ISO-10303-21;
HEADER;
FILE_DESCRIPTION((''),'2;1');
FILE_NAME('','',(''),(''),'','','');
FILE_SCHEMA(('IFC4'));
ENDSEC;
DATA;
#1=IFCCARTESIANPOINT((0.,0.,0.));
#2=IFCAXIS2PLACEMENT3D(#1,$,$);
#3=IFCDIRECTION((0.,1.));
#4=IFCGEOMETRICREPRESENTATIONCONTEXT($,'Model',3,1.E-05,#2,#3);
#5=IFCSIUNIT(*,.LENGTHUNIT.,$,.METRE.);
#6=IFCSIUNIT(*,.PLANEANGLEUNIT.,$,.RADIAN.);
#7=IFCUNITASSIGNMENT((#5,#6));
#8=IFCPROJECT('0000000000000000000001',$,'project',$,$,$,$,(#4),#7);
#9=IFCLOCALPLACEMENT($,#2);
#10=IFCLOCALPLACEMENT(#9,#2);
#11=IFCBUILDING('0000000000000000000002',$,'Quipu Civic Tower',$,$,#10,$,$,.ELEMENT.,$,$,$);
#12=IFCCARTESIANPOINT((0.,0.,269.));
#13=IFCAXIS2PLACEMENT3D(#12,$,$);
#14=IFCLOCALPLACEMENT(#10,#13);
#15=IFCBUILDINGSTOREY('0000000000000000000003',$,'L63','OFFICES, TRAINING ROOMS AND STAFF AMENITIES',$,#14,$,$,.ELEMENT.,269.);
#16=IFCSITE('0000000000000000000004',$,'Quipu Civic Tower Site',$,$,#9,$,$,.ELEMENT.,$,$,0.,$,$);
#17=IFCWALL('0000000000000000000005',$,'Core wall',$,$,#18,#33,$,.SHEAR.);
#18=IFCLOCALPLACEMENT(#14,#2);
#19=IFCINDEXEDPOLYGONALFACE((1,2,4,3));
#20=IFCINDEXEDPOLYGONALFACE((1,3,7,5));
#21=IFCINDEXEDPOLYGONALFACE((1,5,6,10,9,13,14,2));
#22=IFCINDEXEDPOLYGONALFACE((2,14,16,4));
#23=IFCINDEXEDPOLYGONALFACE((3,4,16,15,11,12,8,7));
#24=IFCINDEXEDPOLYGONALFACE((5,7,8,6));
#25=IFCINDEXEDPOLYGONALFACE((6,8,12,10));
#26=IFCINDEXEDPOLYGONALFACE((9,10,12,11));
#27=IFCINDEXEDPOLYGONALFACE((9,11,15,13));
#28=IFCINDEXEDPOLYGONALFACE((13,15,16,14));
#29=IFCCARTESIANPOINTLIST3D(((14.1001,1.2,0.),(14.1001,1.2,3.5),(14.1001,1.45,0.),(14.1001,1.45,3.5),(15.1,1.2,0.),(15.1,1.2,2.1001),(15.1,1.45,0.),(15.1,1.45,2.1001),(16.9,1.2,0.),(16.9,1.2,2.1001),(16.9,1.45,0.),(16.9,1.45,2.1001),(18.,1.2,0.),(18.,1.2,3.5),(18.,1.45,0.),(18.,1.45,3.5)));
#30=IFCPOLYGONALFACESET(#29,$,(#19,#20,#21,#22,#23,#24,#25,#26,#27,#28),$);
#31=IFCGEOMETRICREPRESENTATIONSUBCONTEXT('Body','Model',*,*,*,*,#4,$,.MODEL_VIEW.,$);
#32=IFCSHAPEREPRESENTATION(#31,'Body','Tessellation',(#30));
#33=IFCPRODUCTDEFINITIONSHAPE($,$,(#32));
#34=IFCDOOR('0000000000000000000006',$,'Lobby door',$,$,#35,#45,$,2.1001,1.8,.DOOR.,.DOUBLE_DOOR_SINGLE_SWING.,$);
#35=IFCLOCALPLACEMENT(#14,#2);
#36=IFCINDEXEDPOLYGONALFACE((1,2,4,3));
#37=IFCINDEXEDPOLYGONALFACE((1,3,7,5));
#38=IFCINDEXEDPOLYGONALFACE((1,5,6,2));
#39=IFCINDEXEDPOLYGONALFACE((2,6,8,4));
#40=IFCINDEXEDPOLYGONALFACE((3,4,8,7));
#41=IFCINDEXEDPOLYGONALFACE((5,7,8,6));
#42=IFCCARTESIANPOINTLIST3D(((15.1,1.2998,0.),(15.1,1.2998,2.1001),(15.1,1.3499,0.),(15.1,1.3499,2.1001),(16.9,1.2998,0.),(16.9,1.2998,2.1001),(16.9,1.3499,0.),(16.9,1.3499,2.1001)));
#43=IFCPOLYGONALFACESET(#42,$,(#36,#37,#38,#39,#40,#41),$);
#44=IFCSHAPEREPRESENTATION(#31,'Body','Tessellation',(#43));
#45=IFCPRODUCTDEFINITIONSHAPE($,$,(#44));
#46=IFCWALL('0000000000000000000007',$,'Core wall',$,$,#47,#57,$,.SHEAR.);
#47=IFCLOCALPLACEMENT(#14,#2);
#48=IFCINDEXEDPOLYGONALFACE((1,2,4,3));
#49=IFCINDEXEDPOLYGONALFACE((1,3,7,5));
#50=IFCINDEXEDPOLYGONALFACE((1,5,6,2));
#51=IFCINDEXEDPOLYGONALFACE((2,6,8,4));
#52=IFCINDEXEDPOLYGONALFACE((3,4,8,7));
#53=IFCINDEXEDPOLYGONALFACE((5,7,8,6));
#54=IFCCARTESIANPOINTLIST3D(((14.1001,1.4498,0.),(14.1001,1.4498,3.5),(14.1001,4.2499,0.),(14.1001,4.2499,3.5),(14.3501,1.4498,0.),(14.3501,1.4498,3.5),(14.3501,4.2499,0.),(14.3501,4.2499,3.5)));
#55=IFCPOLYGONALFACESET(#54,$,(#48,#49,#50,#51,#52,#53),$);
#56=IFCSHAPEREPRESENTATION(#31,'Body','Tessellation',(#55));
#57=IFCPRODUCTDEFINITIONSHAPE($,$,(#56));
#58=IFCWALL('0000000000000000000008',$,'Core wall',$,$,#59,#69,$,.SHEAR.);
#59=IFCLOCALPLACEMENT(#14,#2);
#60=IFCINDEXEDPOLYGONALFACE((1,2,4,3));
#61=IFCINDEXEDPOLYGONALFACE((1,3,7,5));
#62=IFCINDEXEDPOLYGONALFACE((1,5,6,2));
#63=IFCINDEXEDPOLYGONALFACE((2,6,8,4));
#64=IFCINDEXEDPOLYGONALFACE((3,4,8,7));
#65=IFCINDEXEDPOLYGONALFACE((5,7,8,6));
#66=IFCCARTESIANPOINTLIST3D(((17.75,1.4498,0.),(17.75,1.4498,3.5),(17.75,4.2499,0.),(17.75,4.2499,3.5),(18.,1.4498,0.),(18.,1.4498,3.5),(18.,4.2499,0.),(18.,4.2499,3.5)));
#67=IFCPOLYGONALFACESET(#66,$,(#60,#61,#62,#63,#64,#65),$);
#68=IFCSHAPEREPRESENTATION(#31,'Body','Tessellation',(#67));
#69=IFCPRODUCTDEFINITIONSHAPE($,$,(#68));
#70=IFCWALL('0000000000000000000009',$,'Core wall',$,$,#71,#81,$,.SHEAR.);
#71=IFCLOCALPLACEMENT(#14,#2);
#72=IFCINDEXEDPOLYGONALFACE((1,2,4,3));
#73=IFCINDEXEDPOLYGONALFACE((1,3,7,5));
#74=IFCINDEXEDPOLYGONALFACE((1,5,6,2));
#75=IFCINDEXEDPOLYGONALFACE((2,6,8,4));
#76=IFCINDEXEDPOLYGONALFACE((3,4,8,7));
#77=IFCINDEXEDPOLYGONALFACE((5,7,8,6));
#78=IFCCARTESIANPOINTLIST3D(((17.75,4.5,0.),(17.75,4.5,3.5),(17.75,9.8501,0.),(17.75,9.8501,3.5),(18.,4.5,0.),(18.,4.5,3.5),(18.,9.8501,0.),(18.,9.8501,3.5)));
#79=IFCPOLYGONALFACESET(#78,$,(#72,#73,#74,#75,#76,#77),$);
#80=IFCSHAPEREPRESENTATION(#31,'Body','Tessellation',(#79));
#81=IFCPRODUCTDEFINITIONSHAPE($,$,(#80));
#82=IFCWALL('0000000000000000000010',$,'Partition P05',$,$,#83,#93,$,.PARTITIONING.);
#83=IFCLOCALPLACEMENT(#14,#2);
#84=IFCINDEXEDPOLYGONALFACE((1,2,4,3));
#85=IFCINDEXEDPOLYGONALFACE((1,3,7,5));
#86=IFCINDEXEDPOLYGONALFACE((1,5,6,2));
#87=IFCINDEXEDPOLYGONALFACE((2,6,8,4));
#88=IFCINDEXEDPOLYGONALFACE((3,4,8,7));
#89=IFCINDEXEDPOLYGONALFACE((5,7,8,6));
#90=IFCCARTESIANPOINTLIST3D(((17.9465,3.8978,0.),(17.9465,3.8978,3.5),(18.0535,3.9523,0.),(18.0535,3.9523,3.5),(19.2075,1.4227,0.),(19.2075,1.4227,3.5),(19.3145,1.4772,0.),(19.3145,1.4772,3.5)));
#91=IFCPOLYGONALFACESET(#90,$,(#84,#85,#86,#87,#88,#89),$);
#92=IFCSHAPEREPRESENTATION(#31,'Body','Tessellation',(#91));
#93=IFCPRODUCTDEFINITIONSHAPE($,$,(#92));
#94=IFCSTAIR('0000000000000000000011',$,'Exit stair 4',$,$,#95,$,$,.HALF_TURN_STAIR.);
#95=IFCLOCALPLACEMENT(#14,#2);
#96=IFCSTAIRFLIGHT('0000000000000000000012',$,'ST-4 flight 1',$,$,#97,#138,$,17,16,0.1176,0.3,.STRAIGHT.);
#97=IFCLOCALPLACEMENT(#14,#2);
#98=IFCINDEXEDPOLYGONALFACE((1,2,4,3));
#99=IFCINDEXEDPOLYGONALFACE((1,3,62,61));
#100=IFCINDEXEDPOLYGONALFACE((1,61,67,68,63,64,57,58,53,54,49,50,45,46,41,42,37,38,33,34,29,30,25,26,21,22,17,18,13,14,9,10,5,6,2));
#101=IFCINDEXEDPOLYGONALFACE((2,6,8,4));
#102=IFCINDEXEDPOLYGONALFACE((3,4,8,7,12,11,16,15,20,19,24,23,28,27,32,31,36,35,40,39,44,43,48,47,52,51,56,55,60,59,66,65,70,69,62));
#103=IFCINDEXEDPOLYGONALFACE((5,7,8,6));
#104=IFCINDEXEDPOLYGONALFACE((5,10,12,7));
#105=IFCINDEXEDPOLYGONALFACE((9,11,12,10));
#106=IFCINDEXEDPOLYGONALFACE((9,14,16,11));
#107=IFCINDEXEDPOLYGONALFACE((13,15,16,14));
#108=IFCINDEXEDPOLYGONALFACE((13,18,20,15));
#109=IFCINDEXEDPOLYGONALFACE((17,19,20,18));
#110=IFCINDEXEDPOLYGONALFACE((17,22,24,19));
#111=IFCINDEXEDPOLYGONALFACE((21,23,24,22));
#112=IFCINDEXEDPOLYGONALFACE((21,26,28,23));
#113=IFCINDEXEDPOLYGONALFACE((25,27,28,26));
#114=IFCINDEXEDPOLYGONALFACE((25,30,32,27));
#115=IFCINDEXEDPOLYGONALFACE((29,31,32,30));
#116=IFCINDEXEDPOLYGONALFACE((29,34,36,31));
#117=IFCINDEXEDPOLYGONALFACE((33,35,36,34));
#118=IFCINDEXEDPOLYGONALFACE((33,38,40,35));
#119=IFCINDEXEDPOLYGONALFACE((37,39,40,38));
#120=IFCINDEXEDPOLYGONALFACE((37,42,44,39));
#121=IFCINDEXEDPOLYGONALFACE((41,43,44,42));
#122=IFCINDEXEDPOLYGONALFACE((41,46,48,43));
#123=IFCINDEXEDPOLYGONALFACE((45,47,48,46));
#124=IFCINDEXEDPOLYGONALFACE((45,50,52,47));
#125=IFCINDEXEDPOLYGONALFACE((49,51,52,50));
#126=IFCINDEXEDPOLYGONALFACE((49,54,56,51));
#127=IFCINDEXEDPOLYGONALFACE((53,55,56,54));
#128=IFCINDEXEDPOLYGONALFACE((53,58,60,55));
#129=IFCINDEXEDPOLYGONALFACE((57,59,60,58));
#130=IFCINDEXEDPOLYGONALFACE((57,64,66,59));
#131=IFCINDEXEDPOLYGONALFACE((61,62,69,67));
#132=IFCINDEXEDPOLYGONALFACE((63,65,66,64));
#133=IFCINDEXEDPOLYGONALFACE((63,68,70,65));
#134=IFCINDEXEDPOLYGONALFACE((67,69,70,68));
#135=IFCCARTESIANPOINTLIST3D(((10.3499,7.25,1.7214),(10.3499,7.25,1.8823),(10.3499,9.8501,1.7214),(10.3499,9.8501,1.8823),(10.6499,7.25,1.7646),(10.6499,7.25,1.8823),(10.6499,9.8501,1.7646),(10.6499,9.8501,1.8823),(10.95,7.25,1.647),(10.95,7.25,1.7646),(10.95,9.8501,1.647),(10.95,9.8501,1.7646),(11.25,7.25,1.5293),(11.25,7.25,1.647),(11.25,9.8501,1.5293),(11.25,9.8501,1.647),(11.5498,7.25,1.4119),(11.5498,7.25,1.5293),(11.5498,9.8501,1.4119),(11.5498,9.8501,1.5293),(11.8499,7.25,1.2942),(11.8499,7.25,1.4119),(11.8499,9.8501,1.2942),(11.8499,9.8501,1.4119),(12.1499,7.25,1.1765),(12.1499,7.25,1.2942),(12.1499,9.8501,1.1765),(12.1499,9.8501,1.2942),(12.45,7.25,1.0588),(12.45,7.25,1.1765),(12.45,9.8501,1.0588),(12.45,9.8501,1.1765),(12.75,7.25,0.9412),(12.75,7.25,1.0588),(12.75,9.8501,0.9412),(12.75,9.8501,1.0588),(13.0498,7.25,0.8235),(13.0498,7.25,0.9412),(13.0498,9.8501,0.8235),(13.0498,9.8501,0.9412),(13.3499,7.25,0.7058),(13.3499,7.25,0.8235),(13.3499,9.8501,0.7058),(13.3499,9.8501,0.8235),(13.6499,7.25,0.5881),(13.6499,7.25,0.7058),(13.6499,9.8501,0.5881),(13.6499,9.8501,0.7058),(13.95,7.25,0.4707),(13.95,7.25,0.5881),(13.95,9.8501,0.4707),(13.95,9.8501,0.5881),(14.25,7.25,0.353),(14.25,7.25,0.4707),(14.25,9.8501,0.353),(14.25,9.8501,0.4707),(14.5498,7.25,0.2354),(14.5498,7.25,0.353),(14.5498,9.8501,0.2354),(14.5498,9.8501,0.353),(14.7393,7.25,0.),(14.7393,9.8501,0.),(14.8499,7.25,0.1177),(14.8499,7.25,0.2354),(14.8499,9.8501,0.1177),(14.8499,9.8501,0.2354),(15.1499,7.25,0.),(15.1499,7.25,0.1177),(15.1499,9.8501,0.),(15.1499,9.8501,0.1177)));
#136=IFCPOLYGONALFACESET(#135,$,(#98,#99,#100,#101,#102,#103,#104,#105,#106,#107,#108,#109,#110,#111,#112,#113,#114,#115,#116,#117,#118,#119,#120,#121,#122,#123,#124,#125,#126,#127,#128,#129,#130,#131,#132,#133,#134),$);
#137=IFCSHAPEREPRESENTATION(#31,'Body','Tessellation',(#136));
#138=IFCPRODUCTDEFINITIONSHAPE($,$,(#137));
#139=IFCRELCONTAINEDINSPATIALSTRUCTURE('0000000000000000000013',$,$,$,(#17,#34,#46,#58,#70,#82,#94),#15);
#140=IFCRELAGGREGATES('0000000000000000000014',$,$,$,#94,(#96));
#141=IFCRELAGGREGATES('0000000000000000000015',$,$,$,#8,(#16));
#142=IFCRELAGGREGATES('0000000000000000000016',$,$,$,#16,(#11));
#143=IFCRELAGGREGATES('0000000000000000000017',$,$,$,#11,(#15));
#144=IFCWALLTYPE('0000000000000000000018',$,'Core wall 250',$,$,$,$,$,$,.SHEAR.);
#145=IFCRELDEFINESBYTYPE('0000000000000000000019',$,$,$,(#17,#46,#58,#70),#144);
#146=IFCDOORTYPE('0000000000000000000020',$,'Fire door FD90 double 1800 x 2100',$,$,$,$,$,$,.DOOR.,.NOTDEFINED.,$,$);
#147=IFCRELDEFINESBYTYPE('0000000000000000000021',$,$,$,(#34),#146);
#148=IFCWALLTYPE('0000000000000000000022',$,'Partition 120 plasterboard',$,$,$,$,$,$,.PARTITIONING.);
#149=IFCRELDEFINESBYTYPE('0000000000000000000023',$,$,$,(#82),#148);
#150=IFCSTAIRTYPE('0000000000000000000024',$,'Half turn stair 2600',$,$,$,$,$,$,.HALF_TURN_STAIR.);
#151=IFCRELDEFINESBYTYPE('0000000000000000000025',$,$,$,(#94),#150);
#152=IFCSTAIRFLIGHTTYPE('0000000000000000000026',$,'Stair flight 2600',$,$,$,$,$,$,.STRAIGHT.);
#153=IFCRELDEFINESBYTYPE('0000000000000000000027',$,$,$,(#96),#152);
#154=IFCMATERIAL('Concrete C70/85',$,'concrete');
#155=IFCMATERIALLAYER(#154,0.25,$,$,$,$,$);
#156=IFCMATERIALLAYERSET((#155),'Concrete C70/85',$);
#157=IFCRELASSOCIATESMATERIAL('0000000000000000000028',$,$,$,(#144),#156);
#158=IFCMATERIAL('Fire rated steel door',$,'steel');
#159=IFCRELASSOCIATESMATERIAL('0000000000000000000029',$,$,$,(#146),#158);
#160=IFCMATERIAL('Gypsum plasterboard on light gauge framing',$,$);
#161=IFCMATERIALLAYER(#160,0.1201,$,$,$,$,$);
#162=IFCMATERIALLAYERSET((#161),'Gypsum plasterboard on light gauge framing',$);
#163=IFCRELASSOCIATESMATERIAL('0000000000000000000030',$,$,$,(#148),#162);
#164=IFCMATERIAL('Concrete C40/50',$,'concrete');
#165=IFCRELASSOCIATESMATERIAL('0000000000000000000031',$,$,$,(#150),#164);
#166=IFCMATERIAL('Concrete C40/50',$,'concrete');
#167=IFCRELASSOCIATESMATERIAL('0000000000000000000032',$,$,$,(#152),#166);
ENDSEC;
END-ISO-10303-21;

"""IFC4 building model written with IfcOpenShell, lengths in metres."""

from ifc_helpers import new_model, si_unit, direction, frame, frame_2d, origin, place, context, subcontext, project, spatial, polyline, rectangle, outline, extrude, material, layer, layer_set, type_object, element, fill, aggregate, save


model = new_model("IFC4")

# Units and contexts
model_context = context("Model", 3, precision=1e-05, world=origin(), true_north=direction((0.0, 1.0)))
body_context = subcontext(model_context, "Body", "Model", "MODEL_VIEW")
ifc_project = project(units=[si_unit("LENGTHUNIT", "METRE"), si_unit("PLANEANGLEUNIT", "RADIAN")], contexts=[model_context])

# Site, building, storey
site_placement = place(None, origin())
site = spatial("IfcSite", under=ifc_project, at=site_placement, Name="Quipu Civic Tower Site", CompositionType="ELEMENT", RefElevation=0.0)
building_placement = place(site_placement, origin())
building = spatial("IfcBuilding", under=site, at=building_placement, Name="Quipu Civic Tower", CompositionType="ELEMENT")
storey_placement = place(building_placement, frame((0.0, 0.0, 269.0)))
storey = spatial("IfcBuildingStorey", under=building, at=storey_placement, Name="L63", Description="OFFICES, TRAINING ROOMS AND STAFF AMENITIES", CompositionType="ELEMENT", Elevation=269.0)

# Wall, opening, door
ifc_material_1 = material(Name="Concrete C70/85", Category="concrete")
ifc_layer_1 = layer(ifc_material_1, 0.25)
ifc_layer_set_1 = layer_set([ifc_layer_1], Name="Concrete C70/85")
wall_type_1 = type_object("IfcWallType", Name="Core wall 250", PredefinedType="SHEAR", material=ifc_layer_set_1)
wall_1_placement = place(storey_placement, frame((14.1001, 1.325, 0.0), z_axis=(0.0, 0.0, 1.0), x_axis=(1.0, 0.0, 0.0)))
wall_1 = element("IfcWall", 1, at=wall_1_placement, inside=storey, type_object=wall_type_1, Name="Core wall", PredefinedType="SHEAR", context=body_context, shape_type="SweptSolid", body=[
    extrude(rectangle(XDim=3.8999, YDim=0.25, at=frame_2d((1.95, 0.0))), origin(), (0.0, 0.0, 1.0), 3.5),
])
opening_placement = place(wall_1_placement, frame((1.0, 0.0, 0.0)))
opening = element("IfcOpeningElement", 2, at=opening_placement, cuts=wall_1, PredefinedType="OPENING", context=body_context, shape_type="SweptSolid", body=[
    extrude(rectangle(XDim=1.8, YDim=2.1001, at=frame_2d((0.8999, 1.05))), frame((0.0, 0.135, 0.0), z_axis=(0.0, -1.0, 0.0), x_axis=(1.0, 0.0, 0.0)), (0.0, 0.0, 1.0), 0.27),
])
ifc_material_2 = material(Name="Fire rated steel door", Category="steel")
door_type = type_object("IfcDoorType", Name="Fire door FD90 double 1800 x 2100", OperationType="NOTDEFINED", PredefinedType="DOOR", material=ifc_material_2)
door_placement = place(opening_placement, origin())
door = element("IfcDoor", 3, at=door_placement, inside=storey, type_object=door_type, Name="Lobby door", OperationType="DOUBLE_DOOR_SINGLE_SWING", OverallHeight=2.1001, OverallWidth=1.8, PredefinedType="DOOR", context=body_context, shape_type="SweptSolid", body=[
    extrude(rectangle(XDim=1.8, YDim=2.1001, at=frame_2d((0.8999, 1.05))), frame((0.0, 0.0249, 0.0), z_axis=(0.0, -1.0, 0.0), x_axis=(1.0, 0.0, 0.0)), (0.0, 0.0, 1.0), 0.05),
])
fill(opening, door)

# Walls
for number, where, z_axis, x_axis, name in (
    (4, (14.2251, 1.45, 0.0), (0.0, 0.0, 1.0), (0.0, 1.0, 0.0), "Core wall"),
    (5, (17.875, 1.45, 0.0), (0.0, 0.0, 1.0), (0.0, 1.0, 0.0), "Core wall"),
):
    element("IfcWall", number, at=place(storey_placement, frame(where, z_axis=z_axis, x_axis=x_axis)), inside=storey, type_object=wall_type_1, Name=name, PredefinedType="SHEAR", context=body_context, shape_type="SweptSolid", body=[
        extrude(rectangle(XDim=2.8, YDim=0.25, at=frame_2d((1.3999, 0.0))), origin(), (0.0, 0.0, 1.0), 3.5),
    ])
wall_2_placement = place(storey_placement, frame((17.875, 4.5, 0.0), z_axis=(0.0, 0.0, 1.0), x_axis=(0.0, 1.0, 0.0)))
element("IfcWall", 6, at=wall_2_placement, inside=storey, type_object=wall_type_1, Name="Core wall", PredefinedType="SHEAR", context=body_context, shape_type="SweptSolid", body=[
    extrude(rectangle(XDim=5.3501, YDim=0.25, at=frame_2d((2.675, 0.0))), origin(), (0.0, 0.0, 1.0), 3.5),
])
ifc_material_3 = material(Name="Gypsum plasterboard on light gauge framing")
ifc_layer_2 = layer(ifc_material_3, 0.1201)
ifc_layer_set_2 = layer_set([ifc_layer_2], Name="Gypsum plasterboard on light gauge framing")
wall_type_2 = type_object("IfcWallType", Name="Partition 120 plasterboard", PredefinedType="PARTITIONING", material=ifc_layer_set_2)
wall_3_placement = place(storey_placement, frame((18.0, 3.925, 0.0), z_axis=(0.0, 0.0, 1.0), x_axis=(0.453951, -0.891027, 0.0)))
element("IfcWall", 7, at=wall_3_placement, inside=storey, type_object=wall_type_2, Name="Partition P05", PredefinedType="PARTITIONING", context=body_context, shape_type="SweptSolid", body=[
    extrude(rectangle(XDim=2.7778, YDim=0.1201, at=frame_2d((1.3889, 0.0))), origin(), (0.0, 0.0, 1.0), 3.5),
])

# Stair, stair flight
ifc_material_4 = material(Name="Concrete C40/50", Category="concrete")
stair_type = type_object("IfcStairType", Name="Half turn stair 2600", PredefinedType="HALF_TURN_STAIR", material=ifc_material_4)
stair_placement = place(storey_placement, origin())
stair = element("IfcStair", 8, at=stair_placement, inside=storey, type_object=stair_type, Name="Exit stair 4", PredefinedType="HALF_TURN_STAIR")
ifc_material_5 = material(Name="Concrete C40/50", Category="concrete")
stair_flight_type = type_object("IfcStairFlightType", Name="Stair flight 2600", PredefinedType="STRAIGHT", material=ifc_material_5)
stair_flight_placement = place(storey_placement, frame((15.1499, 8.55, 0.0), z_axis=(0.0, 0.0, 1.0), x_axis=(-1.0, 0.0, 0.0)))
stair_flight = element("IfcStairFlight", 9, at=stair_flight_placement, type_object=stair_flight_type, Name="ST-4 flight 1", NumberOfRisers=17, NumberOfTreads=16, PredefinedType="STRAIGHT", RiserHeight=0.1176, TreadLength=0.3, context=body_context, shape_type="SweptSolid", body=[
    extrude(outline(polyline([(0.0, 0.0), (0.0, 0.1177), (0.3, 0.1177), (0.3, 0.2354), (0.6001, 0.2354), (0.6001, 0.353), (0.8999, 0.353), (0.8999, 0.4707), (1.2, 0.4707), (1.2, 0.5881), (1.5, 0.5881), (1.5, 0.7058), (1.8, 0.7058), (1.8, 0.8235), (2.1001, 0.8235), (2.1001, 0.9412), (2.3999, 0.9412), (2.3999, 1.0588), (2.7, 1.0588), (2.7, 1.1765), (3.0, 1.1765), (3.0, 1.2942), (3.3, 1.2942), (3.3, 1.4119), (3.6001, 1.4119), (3.6001, 1.5293), (3.8999, 1.5293), (3.8999, 1.647), (4.2, 1.647), (4.2, 1.7646), (4.5, 1.7646), (4.5, 1.8823), (4.8, 1.8823), (4.8, 2.0), (4.8, 1.7214), (0.4106, 0.0), (0.0, 0.0)])), frame((0.0, 1.3, 0.0), z_axis=(0.0, -1.0, 0.0), x_axis=(1.0, 0.0, 0.0)), (0.0, 0.0, 1.0), 2.6001),
])
aggregate(stair, [stair_flight])

save(model, "model.ifc")
